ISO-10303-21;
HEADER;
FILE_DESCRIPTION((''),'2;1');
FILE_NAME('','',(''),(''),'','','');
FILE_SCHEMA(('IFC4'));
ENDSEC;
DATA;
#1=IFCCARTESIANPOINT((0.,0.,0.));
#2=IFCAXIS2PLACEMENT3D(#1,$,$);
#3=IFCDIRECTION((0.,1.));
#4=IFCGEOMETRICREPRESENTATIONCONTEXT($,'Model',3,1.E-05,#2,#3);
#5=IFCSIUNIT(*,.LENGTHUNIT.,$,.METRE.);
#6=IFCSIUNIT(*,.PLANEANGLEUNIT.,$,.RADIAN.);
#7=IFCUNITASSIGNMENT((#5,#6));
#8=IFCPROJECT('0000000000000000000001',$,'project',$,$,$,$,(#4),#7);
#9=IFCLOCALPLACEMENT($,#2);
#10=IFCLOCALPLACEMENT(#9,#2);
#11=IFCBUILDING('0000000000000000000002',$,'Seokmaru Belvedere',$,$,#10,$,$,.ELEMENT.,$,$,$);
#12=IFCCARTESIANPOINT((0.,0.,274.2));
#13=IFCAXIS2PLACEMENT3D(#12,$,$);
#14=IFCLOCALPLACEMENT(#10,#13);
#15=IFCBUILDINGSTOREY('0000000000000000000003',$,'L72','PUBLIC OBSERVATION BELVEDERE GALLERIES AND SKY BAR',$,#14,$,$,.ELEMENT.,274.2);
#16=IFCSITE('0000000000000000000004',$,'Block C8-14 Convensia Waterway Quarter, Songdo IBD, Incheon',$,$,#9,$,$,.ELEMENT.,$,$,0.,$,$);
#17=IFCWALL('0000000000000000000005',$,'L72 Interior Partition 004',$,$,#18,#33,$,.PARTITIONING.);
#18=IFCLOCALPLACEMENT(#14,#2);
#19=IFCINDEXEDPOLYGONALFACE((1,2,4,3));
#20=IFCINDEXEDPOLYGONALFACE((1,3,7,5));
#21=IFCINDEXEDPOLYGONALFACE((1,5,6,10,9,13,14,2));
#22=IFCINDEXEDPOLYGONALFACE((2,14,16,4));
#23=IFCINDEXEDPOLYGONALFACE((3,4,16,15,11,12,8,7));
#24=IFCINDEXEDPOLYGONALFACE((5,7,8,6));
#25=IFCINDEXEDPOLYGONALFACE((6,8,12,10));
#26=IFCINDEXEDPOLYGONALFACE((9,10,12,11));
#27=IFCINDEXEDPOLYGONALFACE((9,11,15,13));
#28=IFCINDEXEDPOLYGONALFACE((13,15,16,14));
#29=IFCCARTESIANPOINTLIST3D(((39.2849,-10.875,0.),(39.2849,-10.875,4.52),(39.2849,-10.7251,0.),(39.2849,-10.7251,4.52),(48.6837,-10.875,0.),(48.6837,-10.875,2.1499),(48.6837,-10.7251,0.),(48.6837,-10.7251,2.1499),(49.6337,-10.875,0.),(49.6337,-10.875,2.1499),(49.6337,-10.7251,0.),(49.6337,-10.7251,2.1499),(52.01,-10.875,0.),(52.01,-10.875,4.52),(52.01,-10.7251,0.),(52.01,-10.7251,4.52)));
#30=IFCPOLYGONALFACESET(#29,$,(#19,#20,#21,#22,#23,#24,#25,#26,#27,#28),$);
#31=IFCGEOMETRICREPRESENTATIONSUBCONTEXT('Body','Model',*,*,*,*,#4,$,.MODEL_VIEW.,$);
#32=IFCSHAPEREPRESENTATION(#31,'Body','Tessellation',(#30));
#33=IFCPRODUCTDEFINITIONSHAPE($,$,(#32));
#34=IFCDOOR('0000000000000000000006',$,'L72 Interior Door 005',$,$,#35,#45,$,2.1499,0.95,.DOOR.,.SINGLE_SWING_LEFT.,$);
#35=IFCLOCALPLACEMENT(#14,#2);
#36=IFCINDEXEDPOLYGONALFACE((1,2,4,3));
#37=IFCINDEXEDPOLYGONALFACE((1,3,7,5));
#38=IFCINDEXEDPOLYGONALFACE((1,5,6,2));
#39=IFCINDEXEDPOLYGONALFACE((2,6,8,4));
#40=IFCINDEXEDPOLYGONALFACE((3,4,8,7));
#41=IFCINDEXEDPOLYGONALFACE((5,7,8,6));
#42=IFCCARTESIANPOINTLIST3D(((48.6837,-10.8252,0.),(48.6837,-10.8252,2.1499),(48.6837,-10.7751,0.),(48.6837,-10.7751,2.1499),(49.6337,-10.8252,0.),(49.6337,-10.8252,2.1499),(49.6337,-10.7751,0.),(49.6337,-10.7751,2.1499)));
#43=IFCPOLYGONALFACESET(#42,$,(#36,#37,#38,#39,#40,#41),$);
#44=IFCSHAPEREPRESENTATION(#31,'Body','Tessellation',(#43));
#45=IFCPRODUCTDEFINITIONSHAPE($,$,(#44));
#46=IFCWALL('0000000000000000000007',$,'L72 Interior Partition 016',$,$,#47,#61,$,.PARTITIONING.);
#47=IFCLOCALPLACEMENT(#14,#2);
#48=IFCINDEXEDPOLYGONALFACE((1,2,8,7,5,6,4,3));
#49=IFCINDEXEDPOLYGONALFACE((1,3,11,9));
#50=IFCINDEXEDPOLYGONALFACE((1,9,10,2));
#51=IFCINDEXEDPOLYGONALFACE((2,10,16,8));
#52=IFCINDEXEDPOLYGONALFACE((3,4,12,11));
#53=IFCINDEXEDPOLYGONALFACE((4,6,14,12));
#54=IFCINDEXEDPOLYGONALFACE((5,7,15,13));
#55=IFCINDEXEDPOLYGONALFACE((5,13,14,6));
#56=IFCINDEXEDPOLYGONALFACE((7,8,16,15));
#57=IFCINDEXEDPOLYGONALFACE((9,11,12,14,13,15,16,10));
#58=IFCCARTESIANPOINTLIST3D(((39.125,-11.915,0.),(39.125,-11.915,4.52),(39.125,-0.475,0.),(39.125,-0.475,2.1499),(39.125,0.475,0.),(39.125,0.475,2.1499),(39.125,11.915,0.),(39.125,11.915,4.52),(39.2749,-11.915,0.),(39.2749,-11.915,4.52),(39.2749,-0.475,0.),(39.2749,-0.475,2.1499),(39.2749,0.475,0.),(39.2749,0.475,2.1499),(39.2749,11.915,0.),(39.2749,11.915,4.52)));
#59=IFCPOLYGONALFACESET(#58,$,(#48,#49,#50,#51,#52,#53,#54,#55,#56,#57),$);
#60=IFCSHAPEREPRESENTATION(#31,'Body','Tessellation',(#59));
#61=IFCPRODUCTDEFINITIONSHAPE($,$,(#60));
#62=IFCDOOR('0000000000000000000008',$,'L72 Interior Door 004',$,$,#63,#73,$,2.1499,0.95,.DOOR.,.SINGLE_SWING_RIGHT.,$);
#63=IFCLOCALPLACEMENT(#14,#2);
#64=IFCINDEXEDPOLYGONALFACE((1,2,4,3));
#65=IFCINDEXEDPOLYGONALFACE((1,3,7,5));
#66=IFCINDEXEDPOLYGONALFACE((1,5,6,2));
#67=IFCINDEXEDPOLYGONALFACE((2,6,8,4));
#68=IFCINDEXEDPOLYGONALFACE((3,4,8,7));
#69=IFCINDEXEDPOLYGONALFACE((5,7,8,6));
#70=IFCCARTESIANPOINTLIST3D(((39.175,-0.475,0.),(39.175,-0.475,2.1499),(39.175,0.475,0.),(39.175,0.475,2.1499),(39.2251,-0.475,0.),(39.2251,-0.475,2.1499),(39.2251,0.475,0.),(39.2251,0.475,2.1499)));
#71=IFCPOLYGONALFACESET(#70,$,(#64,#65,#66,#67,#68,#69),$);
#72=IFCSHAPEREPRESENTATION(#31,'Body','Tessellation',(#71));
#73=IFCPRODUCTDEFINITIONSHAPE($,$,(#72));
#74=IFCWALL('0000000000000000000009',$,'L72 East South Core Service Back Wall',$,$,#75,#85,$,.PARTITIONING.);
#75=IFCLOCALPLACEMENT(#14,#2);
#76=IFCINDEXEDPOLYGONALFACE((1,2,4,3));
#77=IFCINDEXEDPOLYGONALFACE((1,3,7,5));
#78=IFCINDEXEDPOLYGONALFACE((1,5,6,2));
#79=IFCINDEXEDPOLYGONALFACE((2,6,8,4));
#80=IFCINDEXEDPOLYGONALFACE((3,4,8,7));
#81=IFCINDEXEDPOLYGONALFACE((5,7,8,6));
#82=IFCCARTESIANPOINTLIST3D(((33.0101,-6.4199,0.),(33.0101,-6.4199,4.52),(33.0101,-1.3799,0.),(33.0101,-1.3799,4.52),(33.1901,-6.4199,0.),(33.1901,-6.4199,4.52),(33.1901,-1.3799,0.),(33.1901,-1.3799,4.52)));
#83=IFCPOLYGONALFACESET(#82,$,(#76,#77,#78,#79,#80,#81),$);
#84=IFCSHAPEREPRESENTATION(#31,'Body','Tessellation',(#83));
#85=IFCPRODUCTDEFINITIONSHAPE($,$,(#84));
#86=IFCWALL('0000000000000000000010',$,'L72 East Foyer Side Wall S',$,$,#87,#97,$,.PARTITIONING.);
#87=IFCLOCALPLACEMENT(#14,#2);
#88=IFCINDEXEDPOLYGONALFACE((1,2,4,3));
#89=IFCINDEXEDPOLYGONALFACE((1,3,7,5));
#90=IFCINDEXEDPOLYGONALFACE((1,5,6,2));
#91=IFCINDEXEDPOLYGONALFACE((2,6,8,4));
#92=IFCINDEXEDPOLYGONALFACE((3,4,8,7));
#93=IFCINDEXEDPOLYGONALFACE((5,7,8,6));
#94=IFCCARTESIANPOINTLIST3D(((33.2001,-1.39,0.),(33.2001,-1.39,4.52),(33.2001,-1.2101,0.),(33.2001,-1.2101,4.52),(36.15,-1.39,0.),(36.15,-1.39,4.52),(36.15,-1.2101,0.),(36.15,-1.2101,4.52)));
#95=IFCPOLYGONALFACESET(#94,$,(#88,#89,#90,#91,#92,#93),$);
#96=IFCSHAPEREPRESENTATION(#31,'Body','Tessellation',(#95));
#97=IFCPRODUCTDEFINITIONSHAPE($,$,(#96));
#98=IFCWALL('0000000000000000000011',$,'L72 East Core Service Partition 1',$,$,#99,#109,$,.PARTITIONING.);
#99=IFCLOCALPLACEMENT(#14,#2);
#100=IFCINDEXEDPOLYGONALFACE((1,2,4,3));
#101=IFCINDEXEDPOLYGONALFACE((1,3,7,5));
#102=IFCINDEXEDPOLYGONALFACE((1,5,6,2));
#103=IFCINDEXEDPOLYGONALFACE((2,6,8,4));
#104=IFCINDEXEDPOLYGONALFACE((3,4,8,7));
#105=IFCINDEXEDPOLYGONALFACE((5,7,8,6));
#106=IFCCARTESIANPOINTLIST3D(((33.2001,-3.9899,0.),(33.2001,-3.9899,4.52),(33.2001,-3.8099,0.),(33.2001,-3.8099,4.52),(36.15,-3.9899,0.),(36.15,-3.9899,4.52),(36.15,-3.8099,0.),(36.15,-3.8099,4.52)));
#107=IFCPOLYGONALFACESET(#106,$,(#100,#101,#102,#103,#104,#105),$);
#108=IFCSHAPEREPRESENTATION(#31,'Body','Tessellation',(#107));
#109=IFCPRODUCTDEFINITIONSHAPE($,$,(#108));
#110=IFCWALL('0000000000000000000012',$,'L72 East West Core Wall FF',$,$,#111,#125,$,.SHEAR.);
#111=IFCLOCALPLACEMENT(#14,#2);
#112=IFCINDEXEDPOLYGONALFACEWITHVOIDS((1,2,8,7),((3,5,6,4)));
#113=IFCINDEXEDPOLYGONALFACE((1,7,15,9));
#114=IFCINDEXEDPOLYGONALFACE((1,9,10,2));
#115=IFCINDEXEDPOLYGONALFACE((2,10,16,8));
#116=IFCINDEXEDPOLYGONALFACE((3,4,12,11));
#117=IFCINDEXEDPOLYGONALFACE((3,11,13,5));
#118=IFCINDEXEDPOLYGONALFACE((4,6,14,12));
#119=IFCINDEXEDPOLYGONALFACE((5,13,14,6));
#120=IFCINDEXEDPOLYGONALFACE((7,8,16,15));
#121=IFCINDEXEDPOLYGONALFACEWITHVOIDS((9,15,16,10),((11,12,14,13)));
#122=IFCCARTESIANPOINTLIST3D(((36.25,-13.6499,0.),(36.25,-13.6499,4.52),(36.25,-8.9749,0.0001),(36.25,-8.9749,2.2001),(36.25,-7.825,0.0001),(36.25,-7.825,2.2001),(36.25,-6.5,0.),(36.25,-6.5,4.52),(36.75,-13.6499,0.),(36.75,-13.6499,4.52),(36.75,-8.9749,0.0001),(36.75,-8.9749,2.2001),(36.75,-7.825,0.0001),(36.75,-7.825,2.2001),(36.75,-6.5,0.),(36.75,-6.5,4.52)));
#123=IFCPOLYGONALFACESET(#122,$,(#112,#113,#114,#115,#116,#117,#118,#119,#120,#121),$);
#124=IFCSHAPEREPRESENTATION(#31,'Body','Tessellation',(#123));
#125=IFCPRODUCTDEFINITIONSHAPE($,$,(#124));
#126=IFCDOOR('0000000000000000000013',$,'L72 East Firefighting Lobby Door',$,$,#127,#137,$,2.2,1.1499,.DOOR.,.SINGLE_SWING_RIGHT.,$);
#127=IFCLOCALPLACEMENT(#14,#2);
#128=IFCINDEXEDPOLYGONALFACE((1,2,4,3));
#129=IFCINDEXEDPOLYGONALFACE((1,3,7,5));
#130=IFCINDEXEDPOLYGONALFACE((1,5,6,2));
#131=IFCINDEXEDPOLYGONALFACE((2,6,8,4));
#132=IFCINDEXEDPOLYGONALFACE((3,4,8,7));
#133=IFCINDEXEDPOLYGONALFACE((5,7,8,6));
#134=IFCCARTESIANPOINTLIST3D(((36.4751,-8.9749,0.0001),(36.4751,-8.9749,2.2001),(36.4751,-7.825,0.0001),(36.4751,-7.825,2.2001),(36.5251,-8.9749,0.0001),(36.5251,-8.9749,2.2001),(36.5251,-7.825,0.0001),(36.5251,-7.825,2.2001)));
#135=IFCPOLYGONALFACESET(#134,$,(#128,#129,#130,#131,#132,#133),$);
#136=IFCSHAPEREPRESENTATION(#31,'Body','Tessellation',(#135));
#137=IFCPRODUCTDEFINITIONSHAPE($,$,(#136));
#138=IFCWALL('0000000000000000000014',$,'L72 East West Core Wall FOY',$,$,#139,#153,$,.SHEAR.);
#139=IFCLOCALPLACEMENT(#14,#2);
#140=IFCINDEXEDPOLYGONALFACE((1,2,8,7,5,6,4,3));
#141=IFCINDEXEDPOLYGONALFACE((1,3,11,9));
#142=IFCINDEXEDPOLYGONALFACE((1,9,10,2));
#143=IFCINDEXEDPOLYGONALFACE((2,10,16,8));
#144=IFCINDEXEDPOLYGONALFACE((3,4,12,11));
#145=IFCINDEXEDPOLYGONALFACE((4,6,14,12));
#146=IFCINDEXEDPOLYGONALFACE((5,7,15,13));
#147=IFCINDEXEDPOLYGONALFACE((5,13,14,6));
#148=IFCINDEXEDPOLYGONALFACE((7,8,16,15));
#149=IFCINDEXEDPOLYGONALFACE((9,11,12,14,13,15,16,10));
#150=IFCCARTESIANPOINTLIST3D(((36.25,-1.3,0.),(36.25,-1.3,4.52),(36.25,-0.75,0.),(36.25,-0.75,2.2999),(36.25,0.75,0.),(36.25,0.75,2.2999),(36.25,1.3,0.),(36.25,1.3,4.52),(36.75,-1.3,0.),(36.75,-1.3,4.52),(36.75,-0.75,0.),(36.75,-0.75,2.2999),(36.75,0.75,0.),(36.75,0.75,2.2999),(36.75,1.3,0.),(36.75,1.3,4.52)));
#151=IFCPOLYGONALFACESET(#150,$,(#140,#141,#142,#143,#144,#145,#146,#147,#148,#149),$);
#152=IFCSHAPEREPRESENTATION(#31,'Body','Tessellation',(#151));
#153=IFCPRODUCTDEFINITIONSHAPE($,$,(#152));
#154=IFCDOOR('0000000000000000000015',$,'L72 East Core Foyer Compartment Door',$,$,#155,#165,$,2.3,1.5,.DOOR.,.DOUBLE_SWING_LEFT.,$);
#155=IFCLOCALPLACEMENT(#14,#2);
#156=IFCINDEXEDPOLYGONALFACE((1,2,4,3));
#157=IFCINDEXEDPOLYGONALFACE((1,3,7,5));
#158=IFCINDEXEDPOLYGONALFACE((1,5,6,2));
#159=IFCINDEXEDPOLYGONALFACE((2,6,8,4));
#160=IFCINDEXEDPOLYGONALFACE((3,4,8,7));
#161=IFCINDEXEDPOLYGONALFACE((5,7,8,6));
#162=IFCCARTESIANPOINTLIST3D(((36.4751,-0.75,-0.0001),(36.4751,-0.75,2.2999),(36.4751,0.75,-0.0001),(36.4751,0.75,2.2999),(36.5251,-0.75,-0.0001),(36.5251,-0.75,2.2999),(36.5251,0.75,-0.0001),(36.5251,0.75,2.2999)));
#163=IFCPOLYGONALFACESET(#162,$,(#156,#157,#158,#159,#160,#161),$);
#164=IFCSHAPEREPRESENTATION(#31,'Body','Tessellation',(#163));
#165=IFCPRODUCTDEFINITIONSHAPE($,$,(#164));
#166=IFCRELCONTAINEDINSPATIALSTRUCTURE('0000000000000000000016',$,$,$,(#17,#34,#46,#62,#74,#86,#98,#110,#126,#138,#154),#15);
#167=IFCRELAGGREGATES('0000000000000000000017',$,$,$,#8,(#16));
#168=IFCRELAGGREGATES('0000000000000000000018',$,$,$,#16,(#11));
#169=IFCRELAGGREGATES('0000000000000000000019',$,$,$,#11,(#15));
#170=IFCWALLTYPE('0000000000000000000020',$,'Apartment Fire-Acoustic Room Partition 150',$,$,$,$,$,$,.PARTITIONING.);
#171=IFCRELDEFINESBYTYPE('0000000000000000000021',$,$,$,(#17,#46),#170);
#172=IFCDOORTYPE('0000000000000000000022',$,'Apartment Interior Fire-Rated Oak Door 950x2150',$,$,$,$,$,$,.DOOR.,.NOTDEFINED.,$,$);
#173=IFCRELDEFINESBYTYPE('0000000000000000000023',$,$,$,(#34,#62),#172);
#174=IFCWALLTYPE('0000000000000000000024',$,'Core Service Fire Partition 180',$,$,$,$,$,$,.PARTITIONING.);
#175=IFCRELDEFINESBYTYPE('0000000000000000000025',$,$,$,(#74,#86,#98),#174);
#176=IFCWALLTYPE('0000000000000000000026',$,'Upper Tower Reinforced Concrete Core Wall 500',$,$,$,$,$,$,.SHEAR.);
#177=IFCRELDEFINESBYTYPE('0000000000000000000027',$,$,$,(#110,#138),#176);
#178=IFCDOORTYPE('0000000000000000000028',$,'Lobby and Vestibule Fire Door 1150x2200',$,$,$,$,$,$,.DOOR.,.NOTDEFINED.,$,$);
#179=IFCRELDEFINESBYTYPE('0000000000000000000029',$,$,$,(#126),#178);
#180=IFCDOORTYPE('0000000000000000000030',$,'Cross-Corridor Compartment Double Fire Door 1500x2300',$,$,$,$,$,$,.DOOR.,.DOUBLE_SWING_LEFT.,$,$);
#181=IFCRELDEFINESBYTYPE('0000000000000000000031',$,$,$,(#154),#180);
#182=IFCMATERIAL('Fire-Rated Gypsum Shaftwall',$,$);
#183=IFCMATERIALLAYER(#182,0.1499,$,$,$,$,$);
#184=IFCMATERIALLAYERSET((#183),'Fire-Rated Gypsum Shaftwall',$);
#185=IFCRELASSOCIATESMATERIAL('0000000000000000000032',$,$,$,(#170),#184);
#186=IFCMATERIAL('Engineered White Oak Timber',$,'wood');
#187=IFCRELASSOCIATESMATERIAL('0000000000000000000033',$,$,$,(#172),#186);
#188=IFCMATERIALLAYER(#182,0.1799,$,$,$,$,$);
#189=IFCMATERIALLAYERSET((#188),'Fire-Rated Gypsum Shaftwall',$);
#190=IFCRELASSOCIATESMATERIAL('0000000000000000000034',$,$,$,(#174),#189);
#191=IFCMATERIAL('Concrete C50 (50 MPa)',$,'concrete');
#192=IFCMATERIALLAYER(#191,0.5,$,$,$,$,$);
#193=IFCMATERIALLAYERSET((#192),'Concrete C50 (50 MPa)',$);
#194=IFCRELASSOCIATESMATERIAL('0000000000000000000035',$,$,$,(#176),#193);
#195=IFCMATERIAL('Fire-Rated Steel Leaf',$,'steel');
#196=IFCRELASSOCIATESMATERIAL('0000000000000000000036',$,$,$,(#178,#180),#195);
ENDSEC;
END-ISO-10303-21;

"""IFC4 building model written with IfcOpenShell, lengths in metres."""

from ifc_helpers import new_model, si_unit, direction, frame, frame_2d, origin, place, context, subcontext, project, spatial, rectangle, extrude, source, transform, mapped, material, layer, layer_set, type_object, type_shapes, element, fill, save


model = new_model("IFC4")

# Units and contexts
model_context = context("Model", 3, precision=1e-05, world=origin(), true_north=direction((0.0, 1.0)))
body_context = subcontext(model_context, "Body", "Model", "MODEL_VIEW")
ifc_project = project(units=[si_unit("LENGTHUNIT", "METRE"), si_unit("PLANEANGLEUNIT", "RADIAN")], contexts=[model_context])

# Site, building, storey
site_placement = place(None, origin())
site = spatial("IfcSite", under=ifc_project, at=site_placement, Name="Block C8-14 Convensia Waterway Quarter, Songdo IBD, Incheon", CompositionType="ELEMENT", RefElevation=0.0)
building_placement = place(site_placement, origin())
building = spatial("IfcBuilding", under=site, at=building_placement, Name="Seokmaru Belvedere", CompositionType="ELEMENT")
storey_placement = place(building_placement, frame((0.0, 0.0, 274.2)))
storey = spatial("IfcBuildingStorey", under=building, at=storey_placement, Name="L72", Description="PUBLIC OBSERVATION BELVEDERE GALLERIES AND SKY BAR", CompositionType="ELEMENT", Elevation=274.2)

# Shared definitions
ifc_material_1 = material(Name="Fire-Rated Gypsum Shaftwall")
ifc_layer_1 = layer(ifc_material_1, 0.1499)
ifc_layer_set_1 = layer_set([ifc_layer_1], Name="Fire-Rated Gypsum Shaftwall")
wall_type_1 = type_object("IfcWallType", Name="Apartment Fire-Acoustic Room Partition 150", PredefinedType="PARTITIONING", material=ifc_layer_set_1)

# Walls, openings, doors
wall_1_placement = place(storey_placement, frame((39.2849, -10.8, 0.0), z_axis=(0.0, 0.0, 1.0), x_axis=(1.0, 0.0, 0.0)))
wall_1 = element("IfcWall", 1, at=wall_1_placement, inside=storey, type_object=wall_type_1, Name="L72 Interior Partition 004", PredefinedType="PARTITIONING", context=body_context, shape_type="SweptSolid", body=[
    extrude(rectangle(XDim=12.7251, YDim=0.1499, at=frame_2d((6.3625, 0.0))), origin(), (0.0, 0.0, 1.0), 4.52),
])
opening_1_placement = place(wall_1_placement, frame((9.3987, 0.0, 0.0)))
opening_1 = element("IfcOpeningElement", 2, at=opening_1_placement, cuts=wall_1, PredefinedType="OPENING", context=body_context, shape_type="SweptSolid", body=[
    extrude(rectangle(XDim=0.95, YDim=2.1499, at=frame_2d((0.4751, 1.075))), frame((0.0, 0.085, 0.0), z_axis=(0.0, -1.0, 0.0), x_axis=(1.0, 0.0, 0.0)), (0.0, 0.0, 1.0), 0.1699),
])
ifc_material_2 = material(Name="Engineered White Oak Timber", Category="wood")
door_type_1 = type_object("IfcDoorType", Name="Apartment Interior Fire-Rated Oak Door 950x2150", OperationType="NOTDEFINED", PredefinedType="DOOR", material=ifc_material_2)
shared_shape_1 = source(origin(), body_context, "Body", "SweptSolid", [
    extrude(rectangle(XDim=0.95, YDim=2.1499, at=frame_2d((0.4751, 1.075))), frame((0.0, 0.0249, 0.0), z_axis=(0.0, -1.0, 0.0), x_axis=(1.0, 0.0, 0.0)), (0.0, 0.0, 1.0), 0.05),
])
type_shapes(door_type_1, [shared_shape_1])
door_1_placement = place(opening_1_placement, origin())
door_1 = element("IfcDoor", 3, at=door_1_placement, inside=storey, type_object=door_type_1, Name="L72 Interior Door 005", OperationType="SINGLE_SWING_LEFT", OverallHeight=2.1499, OverallWidth=0.95, PredefinedType="DOOR", context=body_context, shape_type="MappedRepresentation", body=[
    mapped(shared_shape_1, transform((0.0, 0.0, 0.0), scale=1.0)),
])
fill(opening_1, door_1)
wall_2_placement = place(storey_placement, frame((39.2, -11.915, 0.0), z_axis=(0.0, 0.0, 1.0), x_axis=(0.0, 1.0, 0.0)))
wall_2 = element("IfcWall", 4, at=wall_2_placement, inside=storey, type_object=wall_type_1, Name="L72 Interior Partition 016", PredefinedType="PARTITIONING", context=body_context, shape_type="SweptSolid", body=[
    extrude(rectangle(XDim=23.8301, YDim=0.1499, at=frame_2d((11.915, 0.0))), origin(), (0.0, 0.0, 1.0), 4.52),
])
opening_2_placement = place(wall_2_placement, frame((11.4399, 0.0, 0.0)))
opening_2 = element("IfcOpeningElement", 5, at=opening_2_placement, cuts=wall_2, PredefinedType="OPENING", context=body_context, shape_type="SweptSolid", body=[
    extrude(rectangle(XDim=0.95, YDim=2.1499, at=frame_2d((0.4751, 1.075))), frame((0.0, 0.085, 0.0), z_axis=(0.0, -1.0, 0.0), x_axis=(1.0, 0.0, 0.0)), (0.0, 0.0, 1.0), 0.1699),
])
door_2_placement = place(opening_2_placement, origin())
door_2 = element("IfcDoor", 6, at=door_2_placement, inside=storey, type_object=door_type_1, Name="L72 Interior Door 004", OperationType="SINGLE_SWING_RIGHT", OverallHeight=2.1499, OverallWidth=0.95, PredefinedType="DOOR", context=body_context, shape_type="MappedRepresentation", body=[
    mapped(shared_shape_1, transform((0.0, 0.0, 0.0), scale=1.0)),
])
fill(opening_2, door_2)

# Walls
ifc_layer_2 = layer(ifc_material_1, 0.1799)
ifc_layer_set_2 = layer_set([ifc_layer_2], Name="Fire-Rated Gypsum Shaftwall")
wall_type_2 = type_object("IfcWallType", Name="Core Service Fire Partition 180", PredefinedType="PARTITIONING", material=ifc_layer_set_2)
wall_3_placement = place(storey_placement, frame((33.1001, -6.4199, 0.0), z_axis=(0.0, 0.0, 1.0), x_axis=(0.0, 1.0, 0.0)))
element("IfcWall", 7, at=wall_3_placement, inside=storey, type_object=wall_type_2, Name="L72 East South Core Service Back Wall", PredefinedType="PARTITIONING", context=body_context, shape_type="SweptSolid", body=[
    extrude(rectangle(XDim=5.04, YDim=0.1799, at=frame_2d((2.52, 0.0))), origin(), (0.0, 0.0, 1.0), 4.52),
])
for number, where, z_axis, x_axis, name in (
    (8, (33.2, -1.3, 0.0), (0.0, 0.0, 1.0), (1.0, 0.0, 0.0), "L72 East Foyer Side Wall S"),
    (9, (33.2, -3.8999, 0.0), (0.0, 0.0, 1.0), (1.0, 0.0, 0.0), "L72 East Core Service Partition 1"),
):
    element("IfcWall", number, at=place(storey_placement, frame(where, z_axis=z_axis, x_axis=x_axis)), inside=storey, type_object=wall_type_2, Name=name, PredefinedType="PARTITIONING", context=body_context, shape_type="SweptSolid", body=[
        extrude(rectangle(XDim=2.95, YDim=0.1799, at=frame_2d((1.4751, 0.0))), origin(), (0.0, 0.0, 1.0), 4.52),
    ])

# Walls, openings, doors
ifc_material_3 = material(Name="Concrete C50 (50 MPa)", Category="concrete")
ifc_layer_3 = layer(ifc_material_3, 0.5)
ifc_layer_set_3 = layer_set([ifc_layer_3], Name="Concrete C50 (50 MPa)")
wall_type_3 = type_object("IfcWallType", Name="Upper Tower Reinforced Concrete Core Wall 500", PredefinedType="SHEAR", material=ifc_layer_set_3)
wall_4_placement = place(storey_placement, frame((36.5, -13.6499, 0.0), z_axis=(0.0, 0.0, 1.0), x_axis=(0.0, 1.0, 0.0)))
wall_4 = element("IfcWall", 10, at=wall_4_placement, inside=storey, type_object=wall_type_3, Name="L72 East West Core Wall FF", PredefinedType="SHEAR", context=body_context, shape_type="SweptSolid", body=[
    extrude(rectangle(XDim=7.1499, YDim=0.5, at=frame_2d((3.575, 0.0))), origin(), (0.0, 0.0, 1.0), 4.52),
])
opening_3_placement = place(wall_4_placement, frame((4.675, 0.0, 0.0)))
opening_3 = element("IfcOpeningElement", 11, at=opening_3_placement, cuts=wall_4, PredefinedType="OPENING", context=body_context, shape_type="SweptSolid", body=[
    extrude(rectangle(XDim=1.1499, YDim=2.2, at=frame_2d((0.575, 1.1001))), frame((0.0, 0.26, 0.0), z_axis=(0.0, -1.0, 0.0), x_axis=(1.0, 0.0, 0.0)), (0.0, 0.0, 1.0), 0.52),
])
ifc_material_4 = material(Name="Fire-Rated Steel Leaf", Category="steel")
door_type_2 = type_object("IfcDoorType", Name="Lobby and Vestibule Fire Door 1150x2200", OperationType="NOTDEFINED", PredefinedType="DOOR", material=ifc_material_4)
shared_shape_2 = source(origin(), body_context, "Body", "SweptSolid", [
    extrude(rectangle(XDim=1.1499, YDim=2.2, at=frame_2d((0.575, 1.1001))), frame((0.0, 0.0249, 0.0), z_axis=(0.0, -1.0, 0.0), x_axis=(1.0, 0.0, 0.0)), (0.0, 0.0, 1.0), 0.05),
])
type_shapes(door_type_2, [shared_shape_2])
door_3_placement = place(opening_3_placement, origin())
door_3 = element("IfcDoor", 12, at=door_3_placement, inside=storey, type_object=door_type_2, Name="L72 East Firefighting Lobby Door", OperationType="SINGLE_SWING_RIGHT", OverallHeight=2.2, OverallWidth=1.1499, PredefinedType="DOOR", context=body_context, shape_type="MappedRepresentation", body=[
    mapped(shared_shape_2, transform((0.0, 0.0, 0.0), scale=1.0)),
])
fill(opening_3, door_3)
wall_5_placement = place(storey_placement, frame((36.5, -1.3, 0.0), z_axis=(0.0, 0.0, 1.0), x_axis=(0.0, 1.0, 0.0)))
wall_5 = element("IfcWall", 13, at=wall_5_placement, inside=storey, type_object=wall_type_3, Name="L72 East West Core Wall FOY", PredefinedType="SHEAR", context=body_context, shape_type="SweptSolid", body=[
    extrude(rectangle(XDim=2.6001, YDim=0.5, at=frame_2d((1.3, 0.0))), origin(), (0.0, 0.0, 1.0), 4.52),
])
opening_4_placement = place(wall_5_placement, frame((0.55, 0.0, 0.0)))
opening_4 = element("IfcOpeningElement", 14, at=opening_4_placement, cuts=wall_5, PredefinedType="OPENING", context=body_context, shape_type="SweptSolid", body=[
    extrude(rectangle(XDim=1.5, YDim=2.3, at=frame_2d((0.75, 1.1499))), frame((0.0, 0.26, 0.0), z_axis=(0.0, -1.0, 0.0), x_axis=(1.0, 0.0, 0.0)), (0.0, 0.0, 1.0), 0.52),
])
door_type_3 = type_object("IfcDoorType", Name="Cross-Corridor Compartment Double Fire Door 1500x2300", OperationType="DOUBLE_SWING_LEFT", PredefinedType="DOOR", material=ifc_material_4)
shared_shape_3 = source(origin(), body_context, "Body", "SweptSolid", [
    extrude(rectangle(XDim=1.5, YDim=2.3, at=frame_2d((0.75, 1.1499))), frame((0.0, 0.0249, 0.0), z_axis=(0.0, -1.0, 0.0), x_axis=(1.0, 0.0, 0.0)), (0.0, 0.0, 1.0), 0.05),
])
type_shapes(door_type_3, [shared_shape_3])
door_4_placement = place(opening_4_placement, origin())
door_4 = element("IfcDoor", 15, at=door_4_placement, inside=storey, type_object=door_type_3, Name="L72 East Core Foyer Compartment Door", OperationType="DOUBLE_SWING_LEFT", OverallHeight=2.3, OverallWidth=1.5, PredefinedType="DOOR", context=body_context, shape_type="MappedRepresentation", body=[
    mapped(shared_shape_3, transform((0.0, 0.0, 0.0), scale=1.0)),
])
fill(opening_4, door_4)

save(model, "model.ifc")
